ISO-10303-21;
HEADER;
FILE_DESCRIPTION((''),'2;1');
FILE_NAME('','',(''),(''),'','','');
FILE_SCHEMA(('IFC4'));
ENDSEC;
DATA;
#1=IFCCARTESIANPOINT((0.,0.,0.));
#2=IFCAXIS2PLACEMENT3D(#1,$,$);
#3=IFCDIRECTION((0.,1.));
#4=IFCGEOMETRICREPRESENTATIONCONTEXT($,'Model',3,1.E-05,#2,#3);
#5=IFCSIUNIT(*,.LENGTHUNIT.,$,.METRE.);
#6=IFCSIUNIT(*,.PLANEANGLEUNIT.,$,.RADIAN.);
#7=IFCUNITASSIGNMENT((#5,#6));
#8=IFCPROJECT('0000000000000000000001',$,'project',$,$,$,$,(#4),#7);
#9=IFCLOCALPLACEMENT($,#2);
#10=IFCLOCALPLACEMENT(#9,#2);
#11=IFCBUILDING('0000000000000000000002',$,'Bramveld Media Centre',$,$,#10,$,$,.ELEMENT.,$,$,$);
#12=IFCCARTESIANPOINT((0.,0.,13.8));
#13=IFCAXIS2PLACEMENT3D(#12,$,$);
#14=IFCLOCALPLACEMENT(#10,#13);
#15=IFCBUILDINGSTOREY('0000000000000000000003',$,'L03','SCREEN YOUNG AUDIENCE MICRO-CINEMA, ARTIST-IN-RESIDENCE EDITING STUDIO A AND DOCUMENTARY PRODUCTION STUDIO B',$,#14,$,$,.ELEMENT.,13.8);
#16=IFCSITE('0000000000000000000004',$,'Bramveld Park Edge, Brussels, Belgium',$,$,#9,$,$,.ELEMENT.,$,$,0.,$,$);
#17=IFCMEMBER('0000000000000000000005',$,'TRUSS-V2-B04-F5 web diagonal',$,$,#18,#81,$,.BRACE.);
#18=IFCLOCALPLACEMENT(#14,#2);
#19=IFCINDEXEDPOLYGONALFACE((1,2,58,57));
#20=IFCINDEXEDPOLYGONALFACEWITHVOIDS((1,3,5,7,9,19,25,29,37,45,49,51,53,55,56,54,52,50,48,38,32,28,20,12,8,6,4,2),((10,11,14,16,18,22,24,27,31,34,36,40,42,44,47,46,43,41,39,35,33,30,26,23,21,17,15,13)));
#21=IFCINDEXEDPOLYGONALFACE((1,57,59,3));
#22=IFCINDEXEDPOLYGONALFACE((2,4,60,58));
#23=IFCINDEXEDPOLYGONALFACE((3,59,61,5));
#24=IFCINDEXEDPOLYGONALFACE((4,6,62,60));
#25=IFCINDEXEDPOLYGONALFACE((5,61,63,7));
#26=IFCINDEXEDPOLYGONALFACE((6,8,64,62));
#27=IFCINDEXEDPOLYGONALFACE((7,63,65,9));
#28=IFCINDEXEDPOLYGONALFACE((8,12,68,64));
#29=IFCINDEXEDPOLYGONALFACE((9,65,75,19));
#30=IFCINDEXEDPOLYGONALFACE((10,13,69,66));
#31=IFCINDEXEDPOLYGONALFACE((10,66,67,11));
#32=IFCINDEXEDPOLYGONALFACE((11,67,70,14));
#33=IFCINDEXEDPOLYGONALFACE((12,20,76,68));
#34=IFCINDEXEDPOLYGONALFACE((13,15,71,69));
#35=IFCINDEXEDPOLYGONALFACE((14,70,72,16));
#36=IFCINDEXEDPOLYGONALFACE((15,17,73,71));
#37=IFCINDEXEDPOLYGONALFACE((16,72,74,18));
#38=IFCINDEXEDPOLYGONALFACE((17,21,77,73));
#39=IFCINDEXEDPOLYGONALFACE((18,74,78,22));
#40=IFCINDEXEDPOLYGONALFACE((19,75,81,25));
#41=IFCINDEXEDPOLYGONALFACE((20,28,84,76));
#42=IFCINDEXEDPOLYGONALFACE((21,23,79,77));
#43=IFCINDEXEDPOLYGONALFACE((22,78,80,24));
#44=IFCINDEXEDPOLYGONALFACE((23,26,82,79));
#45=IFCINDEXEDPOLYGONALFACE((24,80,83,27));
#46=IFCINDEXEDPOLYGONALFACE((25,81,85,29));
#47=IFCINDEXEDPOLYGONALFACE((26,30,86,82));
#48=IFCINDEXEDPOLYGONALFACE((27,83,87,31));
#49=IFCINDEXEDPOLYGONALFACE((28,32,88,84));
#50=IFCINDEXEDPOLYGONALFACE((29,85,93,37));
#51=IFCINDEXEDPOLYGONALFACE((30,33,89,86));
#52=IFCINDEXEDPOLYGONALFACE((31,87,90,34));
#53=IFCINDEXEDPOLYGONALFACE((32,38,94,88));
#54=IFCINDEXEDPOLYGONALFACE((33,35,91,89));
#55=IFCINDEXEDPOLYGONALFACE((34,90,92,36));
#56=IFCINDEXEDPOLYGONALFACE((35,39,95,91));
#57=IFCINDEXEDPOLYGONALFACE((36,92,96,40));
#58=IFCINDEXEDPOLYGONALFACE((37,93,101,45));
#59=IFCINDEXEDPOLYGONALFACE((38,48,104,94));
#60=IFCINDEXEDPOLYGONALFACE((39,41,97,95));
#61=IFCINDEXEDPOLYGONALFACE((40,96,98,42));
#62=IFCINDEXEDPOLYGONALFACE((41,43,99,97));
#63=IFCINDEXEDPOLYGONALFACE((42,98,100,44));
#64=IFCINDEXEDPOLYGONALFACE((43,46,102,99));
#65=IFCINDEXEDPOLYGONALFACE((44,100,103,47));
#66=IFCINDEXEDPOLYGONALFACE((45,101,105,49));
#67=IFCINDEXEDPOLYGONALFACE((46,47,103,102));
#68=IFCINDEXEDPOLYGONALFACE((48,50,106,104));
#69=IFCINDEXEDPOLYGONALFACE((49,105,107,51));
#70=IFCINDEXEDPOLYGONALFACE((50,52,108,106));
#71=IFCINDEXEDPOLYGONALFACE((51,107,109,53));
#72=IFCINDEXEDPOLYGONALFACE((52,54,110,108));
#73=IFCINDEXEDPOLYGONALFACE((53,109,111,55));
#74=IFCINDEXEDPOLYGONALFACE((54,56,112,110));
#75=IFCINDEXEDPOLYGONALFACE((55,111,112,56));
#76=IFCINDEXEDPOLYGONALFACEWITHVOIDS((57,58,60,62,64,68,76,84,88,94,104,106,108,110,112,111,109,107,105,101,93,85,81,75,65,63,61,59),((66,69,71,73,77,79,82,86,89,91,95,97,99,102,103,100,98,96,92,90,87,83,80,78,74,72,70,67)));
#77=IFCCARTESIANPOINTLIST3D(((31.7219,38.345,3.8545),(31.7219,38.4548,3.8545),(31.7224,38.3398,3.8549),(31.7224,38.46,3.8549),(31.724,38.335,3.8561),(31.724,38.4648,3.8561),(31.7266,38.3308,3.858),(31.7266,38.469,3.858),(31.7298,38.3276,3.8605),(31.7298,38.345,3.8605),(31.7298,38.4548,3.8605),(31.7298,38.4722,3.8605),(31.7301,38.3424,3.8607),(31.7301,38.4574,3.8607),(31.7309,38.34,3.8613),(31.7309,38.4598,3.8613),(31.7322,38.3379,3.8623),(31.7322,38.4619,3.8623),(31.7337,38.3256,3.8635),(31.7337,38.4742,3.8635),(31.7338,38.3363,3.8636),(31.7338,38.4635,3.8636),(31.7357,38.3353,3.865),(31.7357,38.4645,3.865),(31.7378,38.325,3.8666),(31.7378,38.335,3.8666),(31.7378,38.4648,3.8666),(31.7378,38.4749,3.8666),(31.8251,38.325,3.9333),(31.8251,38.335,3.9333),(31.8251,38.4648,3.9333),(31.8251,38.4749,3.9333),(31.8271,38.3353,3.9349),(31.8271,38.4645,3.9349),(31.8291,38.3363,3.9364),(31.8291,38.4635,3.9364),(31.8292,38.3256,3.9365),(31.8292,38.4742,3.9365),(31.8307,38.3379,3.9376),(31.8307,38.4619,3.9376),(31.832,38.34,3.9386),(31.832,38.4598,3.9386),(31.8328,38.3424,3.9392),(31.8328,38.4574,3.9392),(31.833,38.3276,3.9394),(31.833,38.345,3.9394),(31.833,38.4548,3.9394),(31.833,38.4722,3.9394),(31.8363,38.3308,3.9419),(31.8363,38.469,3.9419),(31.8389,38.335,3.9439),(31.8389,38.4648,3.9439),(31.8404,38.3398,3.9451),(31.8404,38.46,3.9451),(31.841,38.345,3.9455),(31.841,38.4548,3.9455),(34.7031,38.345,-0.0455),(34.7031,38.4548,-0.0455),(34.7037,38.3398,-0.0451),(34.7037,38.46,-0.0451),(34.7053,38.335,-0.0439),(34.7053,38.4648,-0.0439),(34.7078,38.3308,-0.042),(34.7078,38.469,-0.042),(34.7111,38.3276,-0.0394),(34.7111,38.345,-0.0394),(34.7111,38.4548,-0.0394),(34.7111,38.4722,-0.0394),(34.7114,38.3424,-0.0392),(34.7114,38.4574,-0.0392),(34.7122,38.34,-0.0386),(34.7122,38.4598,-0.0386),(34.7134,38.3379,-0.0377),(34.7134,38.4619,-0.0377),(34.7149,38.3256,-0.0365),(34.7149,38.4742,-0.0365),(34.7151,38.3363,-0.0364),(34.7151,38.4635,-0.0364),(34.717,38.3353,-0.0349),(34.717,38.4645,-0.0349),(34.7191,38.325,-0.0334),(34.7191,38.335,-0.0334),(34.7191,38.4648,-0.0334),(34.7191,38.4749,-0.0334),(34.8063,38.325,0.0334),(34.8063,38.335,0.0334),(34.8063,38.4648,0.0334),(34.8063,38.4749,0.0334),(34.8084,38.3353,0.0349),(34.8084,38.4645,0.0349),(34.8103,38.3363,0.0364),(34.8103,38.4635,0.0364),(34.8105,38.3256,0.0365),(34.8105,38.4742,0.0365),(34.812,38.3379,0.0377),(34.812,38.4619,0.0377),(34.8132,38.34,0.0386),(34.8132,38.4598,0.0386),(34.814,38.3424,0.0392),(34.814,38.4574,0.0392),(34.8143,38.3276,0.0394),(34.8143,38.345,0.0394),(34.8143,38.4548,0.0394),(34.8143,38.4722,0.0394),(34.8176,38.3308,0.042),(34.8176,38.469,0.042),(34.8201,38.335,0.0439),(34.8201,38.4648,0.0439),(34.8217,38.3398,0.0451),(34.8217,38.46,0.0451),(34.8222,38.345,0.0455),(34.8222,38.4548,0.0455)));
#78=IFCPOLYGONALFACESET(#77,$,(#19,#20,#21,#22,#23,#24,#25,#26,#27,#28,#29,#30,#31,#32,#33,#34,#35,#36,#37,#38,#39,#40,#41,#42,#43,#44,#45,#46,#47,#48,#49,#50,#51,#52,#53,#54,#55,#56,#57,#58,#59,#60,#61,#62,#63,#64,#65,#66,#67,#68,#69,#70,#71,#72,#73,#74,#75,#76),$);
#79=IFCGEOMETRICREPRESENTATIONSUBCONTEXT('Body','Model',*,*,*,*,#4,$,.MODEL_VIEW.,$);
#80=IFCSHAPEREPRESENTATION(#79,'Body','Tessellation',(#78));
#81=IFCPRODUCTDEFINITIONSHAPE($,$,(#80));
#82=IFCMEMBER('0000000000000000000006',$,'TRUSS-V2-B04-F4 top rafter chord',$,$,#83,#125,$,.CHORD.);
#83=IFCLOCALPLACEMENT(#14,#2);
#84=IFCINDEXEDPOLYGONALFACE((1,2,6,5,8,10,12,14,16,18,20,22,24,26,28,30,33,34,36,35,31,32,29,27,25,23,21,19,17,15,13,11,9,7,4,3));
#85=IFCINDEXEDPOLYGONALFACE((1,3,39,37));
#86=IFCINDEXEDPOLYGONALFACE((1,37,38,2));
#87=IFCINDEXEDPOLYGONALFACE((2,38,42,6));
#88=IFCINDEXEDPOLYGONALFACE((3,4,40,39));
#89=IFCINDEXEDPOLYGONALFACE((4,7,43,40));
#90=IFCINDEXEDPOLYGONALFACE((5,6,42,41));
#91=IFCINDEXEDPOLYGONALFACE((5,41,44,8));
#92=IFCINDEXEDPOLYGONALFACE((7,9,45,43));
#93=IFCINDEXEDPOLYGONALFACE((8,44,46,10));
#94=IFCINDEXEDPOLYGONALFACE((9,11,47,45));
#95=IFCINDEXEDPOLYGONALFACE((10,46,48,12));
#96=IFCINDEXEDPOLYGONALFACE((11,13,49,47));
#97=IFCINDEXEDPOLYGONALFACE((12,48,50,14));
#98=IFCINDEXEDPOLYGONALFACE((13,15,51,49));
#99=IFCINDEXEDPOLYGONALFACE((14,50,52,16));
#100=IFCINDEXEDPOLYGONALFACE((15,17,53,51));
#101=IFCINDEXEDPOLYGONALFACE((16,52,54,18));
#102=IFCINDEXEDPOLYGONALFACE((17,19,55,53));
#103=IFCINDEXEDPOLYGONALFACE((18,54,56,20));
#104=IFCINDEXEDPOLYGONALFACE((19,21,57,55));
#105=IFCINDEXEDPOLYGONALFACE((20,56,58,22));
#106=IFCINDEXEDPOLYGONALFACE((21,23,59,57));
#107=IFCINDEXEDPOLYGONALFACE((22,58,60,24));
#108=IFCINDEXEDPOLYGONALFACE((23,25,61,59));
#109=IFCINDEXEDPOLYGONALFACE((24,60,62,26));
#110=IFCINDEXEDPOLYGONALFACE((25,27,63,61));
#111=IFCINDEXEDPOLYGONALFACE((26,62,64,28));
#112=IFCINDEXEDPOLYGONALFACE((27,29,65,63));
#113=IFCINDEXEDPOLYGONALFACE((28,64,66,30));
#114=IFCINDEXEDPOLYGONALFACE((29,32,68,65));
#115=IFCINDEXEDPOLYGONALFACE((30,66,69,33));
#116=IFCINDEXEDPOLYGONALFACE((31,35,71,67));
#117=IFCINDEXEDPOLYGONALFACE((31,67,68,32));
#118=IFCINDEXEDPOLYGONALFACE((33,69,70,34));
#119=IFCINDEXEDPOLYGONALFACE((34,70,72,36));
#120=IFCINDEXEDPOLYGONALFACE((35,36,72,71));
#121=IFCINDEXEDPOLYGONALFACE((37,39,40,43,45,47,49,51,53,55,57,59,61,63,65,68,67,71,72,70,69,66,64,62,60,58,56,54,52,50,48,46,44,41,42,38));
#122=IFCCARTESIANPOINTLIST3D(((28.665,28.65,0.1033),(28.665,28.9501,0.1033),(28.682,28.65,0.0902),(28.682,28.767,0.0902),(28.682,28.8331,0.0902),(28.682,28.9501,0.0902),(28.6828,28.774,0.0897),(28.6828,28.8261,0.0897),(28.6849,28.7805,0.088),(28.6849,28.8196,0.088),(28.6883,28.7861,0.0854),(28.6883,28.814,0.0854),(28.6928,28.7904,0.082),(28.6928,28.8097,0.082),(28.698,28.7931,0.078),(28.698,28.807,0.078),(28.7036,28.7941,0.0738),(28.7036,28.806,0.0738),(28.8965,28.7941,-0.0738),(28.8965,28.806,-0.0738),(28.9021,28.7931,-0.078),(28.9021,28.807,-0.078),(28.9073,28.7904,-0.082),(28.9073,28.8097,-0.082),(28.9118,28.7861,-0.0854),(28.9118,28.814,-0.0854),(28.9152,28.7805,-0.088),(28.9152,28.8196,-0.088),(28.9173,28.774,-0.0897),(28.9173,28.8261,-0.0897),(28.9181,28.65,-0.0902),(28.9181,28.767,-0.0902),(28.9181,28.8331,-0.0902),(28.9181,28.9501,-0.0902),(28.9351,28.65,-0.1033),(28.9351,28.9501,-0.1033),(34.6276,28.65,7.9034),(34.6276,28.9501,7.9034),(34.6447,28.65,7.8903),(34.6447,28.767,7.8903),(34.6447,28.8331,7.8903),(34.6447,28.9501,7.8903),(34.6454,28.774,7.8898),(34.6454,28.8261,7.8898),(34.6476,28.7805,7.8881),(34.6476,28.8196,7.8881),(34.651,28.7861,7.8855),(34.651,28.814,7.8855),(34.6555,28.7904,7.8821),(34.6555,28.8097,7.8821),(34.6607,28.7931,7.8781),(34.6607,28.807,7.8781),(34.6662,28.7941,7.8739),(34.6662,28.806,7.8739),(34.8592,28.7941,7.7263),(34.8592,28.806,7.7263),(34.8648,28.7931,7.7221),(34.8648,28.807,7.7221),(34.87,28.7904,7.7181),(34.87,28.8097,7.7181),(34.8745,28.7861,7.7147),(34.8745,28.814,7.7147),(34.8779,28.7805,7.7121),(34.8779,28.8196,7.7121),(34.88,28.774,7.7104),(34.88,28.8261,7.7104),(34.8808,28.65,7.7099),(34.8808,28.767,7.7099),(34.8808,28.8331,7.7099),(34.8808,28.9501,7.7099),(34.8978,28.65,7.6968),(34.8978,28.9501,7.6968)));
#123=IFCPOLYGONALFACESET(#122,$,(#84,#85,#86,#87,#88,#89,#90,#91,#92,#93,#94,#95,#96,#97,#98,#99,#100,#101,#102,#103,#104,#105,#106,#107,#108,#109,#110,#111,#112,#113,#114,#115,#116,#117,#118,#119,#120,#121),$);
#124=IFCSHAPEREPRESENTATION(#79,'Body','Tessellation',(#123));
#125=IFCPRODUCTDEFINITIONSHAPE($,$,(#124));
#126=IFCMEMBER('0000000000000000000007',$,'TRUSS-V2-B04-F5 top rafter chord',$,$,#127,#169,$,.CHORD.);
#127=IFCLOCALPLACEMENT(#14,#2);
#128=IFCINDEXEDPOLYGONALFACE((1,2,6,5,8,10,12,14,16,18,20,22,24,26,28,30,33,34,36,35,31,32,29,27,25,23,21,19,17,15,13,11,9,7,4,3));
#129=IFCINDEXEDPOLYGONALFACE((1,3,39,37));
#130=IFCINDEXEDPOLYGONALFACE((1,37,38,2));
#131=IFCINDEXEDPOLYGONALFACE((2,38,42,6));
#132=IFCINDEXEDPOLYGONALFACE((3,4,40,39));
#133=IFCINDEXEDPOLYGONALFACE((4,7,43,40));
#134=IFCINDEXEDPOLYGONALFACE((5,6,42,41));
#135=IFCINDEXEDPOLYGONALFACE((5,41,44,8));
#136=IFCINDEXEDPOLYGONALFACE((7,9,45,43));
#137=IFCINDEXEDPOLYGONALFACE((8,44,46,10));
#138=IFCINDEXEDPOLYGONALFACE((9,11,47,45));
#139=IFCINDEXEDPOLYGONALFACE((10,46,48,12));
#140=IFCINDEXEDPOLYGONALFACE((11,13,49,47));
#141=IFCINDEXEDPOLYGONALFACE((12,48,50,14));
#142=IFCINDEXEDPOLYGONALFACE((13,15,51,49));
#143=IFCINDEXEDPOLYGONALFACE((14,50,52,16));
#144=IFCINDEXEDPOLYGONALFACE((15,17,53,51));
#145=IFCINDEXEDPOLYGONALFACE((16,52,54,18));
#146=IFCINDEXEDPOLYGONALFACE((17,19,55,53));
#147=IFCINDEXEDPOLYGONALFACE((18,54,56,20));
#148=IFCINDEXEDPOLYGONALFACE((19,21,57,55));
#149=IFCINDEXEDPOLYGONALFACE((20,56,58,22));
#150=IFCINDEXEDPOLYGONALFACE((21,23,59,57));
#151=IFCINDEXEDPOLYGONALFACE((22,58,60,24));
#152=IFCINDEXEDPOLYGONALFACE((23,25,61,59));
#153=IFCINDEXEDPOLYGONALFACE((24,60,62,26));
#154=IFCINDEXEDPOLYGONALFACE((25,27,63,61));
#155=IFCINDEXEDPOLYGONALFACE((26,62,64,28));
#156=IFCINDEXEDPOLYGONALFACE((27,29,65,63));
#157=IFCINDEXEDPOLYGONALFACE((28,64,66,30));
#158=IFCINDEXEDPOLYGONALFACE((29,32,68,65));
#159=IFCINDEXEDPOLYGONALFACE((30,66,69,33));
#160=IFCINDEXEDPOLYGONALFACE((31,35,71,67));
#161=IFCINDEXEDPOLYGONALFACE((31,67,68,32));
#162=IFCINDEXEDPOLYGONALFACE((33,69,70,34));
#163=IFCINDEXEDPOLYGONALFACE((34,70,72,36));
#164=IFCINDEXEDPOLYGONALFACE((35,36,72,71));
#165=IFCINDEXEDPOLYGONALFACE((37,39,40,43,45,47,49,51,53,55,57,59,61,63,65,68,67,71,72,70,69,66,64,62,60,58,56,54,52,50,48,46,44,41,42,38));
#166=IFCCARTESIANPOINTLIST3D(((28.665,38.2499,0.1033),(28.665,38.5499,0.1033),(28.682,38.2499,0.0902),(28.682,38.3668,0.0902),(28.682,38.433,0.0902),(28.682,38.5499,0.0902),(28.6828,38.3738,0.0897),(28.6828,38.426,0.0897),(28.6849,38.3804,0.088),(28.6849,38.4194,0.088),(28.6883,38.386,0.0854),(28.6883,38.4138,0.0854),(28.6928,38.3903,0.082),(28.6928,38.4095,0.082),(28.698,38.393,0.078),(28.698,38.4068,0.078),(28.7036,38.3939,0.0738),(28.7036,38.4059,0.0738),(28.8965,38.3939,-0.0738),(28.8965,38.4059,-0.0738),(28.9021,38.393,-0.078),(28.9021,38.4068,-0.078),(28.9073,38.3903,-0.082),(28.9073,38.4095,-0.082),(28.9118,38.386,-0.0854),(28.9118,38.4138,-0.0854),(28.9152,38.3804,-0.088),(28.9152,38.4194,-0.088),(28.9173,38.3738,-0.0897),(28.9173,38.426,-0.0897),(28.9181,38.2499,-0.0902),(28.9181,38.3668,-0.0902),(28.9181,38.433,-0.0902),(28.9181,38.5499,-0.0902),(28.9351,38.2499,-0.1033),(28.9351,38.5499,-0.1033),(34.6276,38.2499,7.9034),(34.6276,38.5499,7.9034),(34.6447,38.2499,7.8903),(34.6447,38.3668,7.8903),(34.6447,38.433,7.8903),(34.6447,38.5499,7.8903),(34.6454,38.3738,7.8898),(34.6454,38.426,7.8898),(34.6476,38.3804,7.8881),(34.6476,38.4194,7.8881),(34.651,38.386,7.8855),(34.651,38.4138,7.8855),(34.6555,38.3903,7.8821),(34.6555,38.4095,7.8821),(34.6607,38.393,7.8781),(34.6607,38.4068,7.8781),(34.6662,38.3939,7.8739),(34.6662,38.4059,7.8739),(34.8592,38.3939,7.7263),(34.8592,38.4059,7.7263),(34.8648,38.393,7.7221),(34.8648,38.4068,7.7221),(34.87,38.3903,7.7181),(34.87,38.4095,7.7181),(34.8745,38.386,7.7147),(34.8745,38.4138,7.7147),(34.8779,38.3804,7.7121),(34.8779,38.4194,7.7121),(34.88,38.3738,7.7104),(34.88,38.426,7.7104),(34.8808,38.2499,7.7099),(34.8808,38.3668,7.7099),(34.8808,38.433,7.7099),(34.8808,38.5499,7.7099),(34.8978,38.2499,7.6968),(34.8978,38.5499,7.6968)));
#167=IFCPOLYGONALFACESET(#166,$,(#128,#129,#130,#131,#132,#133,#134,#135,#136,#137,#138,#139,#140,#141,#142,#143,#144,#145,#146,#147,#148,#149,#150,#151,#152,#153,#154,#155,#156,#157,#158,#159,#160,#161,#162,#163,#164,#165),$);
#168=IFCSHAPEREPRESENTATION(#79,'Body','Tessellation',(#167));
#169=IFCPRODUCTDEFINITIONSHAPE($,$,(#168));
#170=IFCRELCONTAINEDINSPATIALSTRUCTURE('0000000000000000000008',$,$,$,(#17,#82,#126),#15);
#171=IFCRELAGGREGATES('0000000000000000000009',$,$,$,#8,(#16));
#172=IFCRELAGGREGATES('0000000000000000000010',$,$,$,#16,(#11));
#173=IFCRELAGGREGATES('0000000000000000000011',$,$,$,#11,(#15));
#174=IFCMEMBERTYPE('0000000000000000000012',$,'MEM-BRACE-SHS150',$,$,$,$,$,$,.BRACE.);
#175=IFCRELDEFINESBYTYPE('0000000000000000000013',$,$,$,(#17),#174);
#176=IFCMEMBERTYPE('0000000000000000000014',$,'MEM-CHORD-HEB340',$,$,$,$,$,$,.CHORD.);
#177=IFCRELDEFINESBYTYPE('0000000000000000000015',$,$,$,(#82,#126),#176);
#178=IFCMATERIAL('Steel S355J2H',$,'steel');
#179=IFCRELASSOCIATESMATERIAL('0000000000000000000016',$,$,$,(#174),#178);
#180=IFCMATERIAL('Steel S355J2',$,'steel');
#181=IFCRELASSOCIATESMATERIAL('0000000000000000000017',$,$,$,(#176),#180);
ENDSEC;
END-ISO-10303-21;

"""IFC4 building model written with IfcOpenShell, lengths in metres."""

from ifc_helpers import new_model, si_unit, direction, frame, origin, origin_2d, place, context, subcontext, project, spatial, hollow_rectangle, i_section, extrude, material, material_profile, profile_set, type_object, element, save


model = new_model("IFC4")

# Units and contexts
model_context = context("Model", 3, precision=1e-05, world=origin(), true_north=direction((0.0, 1.0)))
body_context = subcontext(model_context, "Body", "Model", "MODEL_VIEW")
ifc_project = project(units=[si_unit("LENGTHUNIT", "METRE"), si_unit("PLANEANGLEUNIT", "RADIAN")], contexts=[model_context])

# Site, building, storey
site_placement = place(None, origin())
site = spatial("IfcSite", under=ifc_project, at=site_placement, Name="Bramveld Park Edge, Brussels, Belgium", CompositionType="ELEMENT", RefElevation=0.0)
building_placement = place(site_placement, origin())
building = spatial("IfcBuilding", under=site, at=building_placement, Name="Bramveld Media Centre", CompositionType="ELEMENT")
storey_placement = place(building_placement, frame((0.0, 0.0, 13.8)))
storey = spatial("IfcBuildingStorey", under=building, at=storey_placement, Name="L03", Description="SCREEN YOUNG AUDIENCE MICRO-CINEMA, ARTIST-IN-RESIDENCE EDITING STUDIO A AND DOCUMENTARY PRODUCTION STUDIO B", CompositionType="ELEMENT", Elevation=13.8)

# Members
ifc_material_1 = material(Name="Steel S355J2H", Category="steel")
ifc_material_profile_1 = material_profile(ifc_material_1, hollow_rectangle(XDim=0.1499, YDim=0.1499, WallThickness=0.01, InnerFilletRadius=0.01, OuterFilletRadius=0.02, at=origin_2d()), Name="SHS 150x150x10")
ifc_profile_set_1 = profile_set([ifc_material_profile_1], Name="Steel S355J2H")
member_type_1 = type_object("IfcMemberType", Name="MEM-BRACE-SHS150", PredefinedType="BRACE", material=ifc_profile_set_1)
for number, where, z_axis, x_axis, name in (
    (1, (34.7627, 38.3999, 0.0), (-0.607312, 0.0, 0.794464), (0.0, -1.0, 0.0), "TRUSS-V2-B04-F5 web diagonal"),
):
    element("IfcMember", number, at=place(storey_placement, frame(where, z_axis=z_axis, x_axis=x_axis)), inside=storey, type_object=member_type_1, Name=name, PredefinedType="BRACE", context=body_context, shape_type="SweptSolid", body=[
        extrude(hollow_rectangle(XDim=0.1499, YDim=0.1499, WallThickness=0.01, InnerFilletRadius=0.01, OuterFilletRadius=0.02, at=origin_2d()), origin(), (0.0, 0.0, 1.0), 4.9089),
    ])
ifc_material_2 = material(Name="Steel S355J2", Category="steel")
ifc_material_profile_2 = material_profile(ifc_material_2, i_section(OverallWidth=0.3, OverallDepth=0.3401, WebThickness=0.012, FlangeThickness=0.0215, FilletRadius=0.0271, at=origin_2d()), Name="HEB 340")
ifc_profile_set_2 = profile_set([ifc_material_profile_2], Name="Steel S355J2")
member_type_2 = type_object("IfcMemberType", Name="MEM-CHORD-HEB340", PredefinedType="CHORD", material=ifc_profile_set_2)
for number, where, z_axis, x_axis, name in (
    (2, (28.8, 28.8, 0.0), (0.607315, 0.0, 0.794461), (0.0, 1.0, 0.0), "TRUSS-V2-B04-F4 top rafter chord"),
    (3, (28.8, 38.3999, 0.0), (0.607315, 0.0, 0.794461), (0.0, 1.0, 0.0), "TRUSS-V2-B04-F5 top rafter chord"),
):
    element("IfcMember", number, at=place(storey_placement, frame(where, z_axis=z_axis, x_axis=x_axis)), inside=storey, type_object=member_type_2, Name=name, PredefinedType="CHORD", context=body_context, shape_type="SweptSolid", body=[
        extrude(i_section(OverallWidth=0.3, OverallDepth=0.3401, WebThickness=0.012, FlangeThickness=0.0215, FilletRadius=0.0271, at=origin_2d()), origin(), (0.0, 0.0, 1.0), 9.8181),
    ])

save(model, "model.ifc")
